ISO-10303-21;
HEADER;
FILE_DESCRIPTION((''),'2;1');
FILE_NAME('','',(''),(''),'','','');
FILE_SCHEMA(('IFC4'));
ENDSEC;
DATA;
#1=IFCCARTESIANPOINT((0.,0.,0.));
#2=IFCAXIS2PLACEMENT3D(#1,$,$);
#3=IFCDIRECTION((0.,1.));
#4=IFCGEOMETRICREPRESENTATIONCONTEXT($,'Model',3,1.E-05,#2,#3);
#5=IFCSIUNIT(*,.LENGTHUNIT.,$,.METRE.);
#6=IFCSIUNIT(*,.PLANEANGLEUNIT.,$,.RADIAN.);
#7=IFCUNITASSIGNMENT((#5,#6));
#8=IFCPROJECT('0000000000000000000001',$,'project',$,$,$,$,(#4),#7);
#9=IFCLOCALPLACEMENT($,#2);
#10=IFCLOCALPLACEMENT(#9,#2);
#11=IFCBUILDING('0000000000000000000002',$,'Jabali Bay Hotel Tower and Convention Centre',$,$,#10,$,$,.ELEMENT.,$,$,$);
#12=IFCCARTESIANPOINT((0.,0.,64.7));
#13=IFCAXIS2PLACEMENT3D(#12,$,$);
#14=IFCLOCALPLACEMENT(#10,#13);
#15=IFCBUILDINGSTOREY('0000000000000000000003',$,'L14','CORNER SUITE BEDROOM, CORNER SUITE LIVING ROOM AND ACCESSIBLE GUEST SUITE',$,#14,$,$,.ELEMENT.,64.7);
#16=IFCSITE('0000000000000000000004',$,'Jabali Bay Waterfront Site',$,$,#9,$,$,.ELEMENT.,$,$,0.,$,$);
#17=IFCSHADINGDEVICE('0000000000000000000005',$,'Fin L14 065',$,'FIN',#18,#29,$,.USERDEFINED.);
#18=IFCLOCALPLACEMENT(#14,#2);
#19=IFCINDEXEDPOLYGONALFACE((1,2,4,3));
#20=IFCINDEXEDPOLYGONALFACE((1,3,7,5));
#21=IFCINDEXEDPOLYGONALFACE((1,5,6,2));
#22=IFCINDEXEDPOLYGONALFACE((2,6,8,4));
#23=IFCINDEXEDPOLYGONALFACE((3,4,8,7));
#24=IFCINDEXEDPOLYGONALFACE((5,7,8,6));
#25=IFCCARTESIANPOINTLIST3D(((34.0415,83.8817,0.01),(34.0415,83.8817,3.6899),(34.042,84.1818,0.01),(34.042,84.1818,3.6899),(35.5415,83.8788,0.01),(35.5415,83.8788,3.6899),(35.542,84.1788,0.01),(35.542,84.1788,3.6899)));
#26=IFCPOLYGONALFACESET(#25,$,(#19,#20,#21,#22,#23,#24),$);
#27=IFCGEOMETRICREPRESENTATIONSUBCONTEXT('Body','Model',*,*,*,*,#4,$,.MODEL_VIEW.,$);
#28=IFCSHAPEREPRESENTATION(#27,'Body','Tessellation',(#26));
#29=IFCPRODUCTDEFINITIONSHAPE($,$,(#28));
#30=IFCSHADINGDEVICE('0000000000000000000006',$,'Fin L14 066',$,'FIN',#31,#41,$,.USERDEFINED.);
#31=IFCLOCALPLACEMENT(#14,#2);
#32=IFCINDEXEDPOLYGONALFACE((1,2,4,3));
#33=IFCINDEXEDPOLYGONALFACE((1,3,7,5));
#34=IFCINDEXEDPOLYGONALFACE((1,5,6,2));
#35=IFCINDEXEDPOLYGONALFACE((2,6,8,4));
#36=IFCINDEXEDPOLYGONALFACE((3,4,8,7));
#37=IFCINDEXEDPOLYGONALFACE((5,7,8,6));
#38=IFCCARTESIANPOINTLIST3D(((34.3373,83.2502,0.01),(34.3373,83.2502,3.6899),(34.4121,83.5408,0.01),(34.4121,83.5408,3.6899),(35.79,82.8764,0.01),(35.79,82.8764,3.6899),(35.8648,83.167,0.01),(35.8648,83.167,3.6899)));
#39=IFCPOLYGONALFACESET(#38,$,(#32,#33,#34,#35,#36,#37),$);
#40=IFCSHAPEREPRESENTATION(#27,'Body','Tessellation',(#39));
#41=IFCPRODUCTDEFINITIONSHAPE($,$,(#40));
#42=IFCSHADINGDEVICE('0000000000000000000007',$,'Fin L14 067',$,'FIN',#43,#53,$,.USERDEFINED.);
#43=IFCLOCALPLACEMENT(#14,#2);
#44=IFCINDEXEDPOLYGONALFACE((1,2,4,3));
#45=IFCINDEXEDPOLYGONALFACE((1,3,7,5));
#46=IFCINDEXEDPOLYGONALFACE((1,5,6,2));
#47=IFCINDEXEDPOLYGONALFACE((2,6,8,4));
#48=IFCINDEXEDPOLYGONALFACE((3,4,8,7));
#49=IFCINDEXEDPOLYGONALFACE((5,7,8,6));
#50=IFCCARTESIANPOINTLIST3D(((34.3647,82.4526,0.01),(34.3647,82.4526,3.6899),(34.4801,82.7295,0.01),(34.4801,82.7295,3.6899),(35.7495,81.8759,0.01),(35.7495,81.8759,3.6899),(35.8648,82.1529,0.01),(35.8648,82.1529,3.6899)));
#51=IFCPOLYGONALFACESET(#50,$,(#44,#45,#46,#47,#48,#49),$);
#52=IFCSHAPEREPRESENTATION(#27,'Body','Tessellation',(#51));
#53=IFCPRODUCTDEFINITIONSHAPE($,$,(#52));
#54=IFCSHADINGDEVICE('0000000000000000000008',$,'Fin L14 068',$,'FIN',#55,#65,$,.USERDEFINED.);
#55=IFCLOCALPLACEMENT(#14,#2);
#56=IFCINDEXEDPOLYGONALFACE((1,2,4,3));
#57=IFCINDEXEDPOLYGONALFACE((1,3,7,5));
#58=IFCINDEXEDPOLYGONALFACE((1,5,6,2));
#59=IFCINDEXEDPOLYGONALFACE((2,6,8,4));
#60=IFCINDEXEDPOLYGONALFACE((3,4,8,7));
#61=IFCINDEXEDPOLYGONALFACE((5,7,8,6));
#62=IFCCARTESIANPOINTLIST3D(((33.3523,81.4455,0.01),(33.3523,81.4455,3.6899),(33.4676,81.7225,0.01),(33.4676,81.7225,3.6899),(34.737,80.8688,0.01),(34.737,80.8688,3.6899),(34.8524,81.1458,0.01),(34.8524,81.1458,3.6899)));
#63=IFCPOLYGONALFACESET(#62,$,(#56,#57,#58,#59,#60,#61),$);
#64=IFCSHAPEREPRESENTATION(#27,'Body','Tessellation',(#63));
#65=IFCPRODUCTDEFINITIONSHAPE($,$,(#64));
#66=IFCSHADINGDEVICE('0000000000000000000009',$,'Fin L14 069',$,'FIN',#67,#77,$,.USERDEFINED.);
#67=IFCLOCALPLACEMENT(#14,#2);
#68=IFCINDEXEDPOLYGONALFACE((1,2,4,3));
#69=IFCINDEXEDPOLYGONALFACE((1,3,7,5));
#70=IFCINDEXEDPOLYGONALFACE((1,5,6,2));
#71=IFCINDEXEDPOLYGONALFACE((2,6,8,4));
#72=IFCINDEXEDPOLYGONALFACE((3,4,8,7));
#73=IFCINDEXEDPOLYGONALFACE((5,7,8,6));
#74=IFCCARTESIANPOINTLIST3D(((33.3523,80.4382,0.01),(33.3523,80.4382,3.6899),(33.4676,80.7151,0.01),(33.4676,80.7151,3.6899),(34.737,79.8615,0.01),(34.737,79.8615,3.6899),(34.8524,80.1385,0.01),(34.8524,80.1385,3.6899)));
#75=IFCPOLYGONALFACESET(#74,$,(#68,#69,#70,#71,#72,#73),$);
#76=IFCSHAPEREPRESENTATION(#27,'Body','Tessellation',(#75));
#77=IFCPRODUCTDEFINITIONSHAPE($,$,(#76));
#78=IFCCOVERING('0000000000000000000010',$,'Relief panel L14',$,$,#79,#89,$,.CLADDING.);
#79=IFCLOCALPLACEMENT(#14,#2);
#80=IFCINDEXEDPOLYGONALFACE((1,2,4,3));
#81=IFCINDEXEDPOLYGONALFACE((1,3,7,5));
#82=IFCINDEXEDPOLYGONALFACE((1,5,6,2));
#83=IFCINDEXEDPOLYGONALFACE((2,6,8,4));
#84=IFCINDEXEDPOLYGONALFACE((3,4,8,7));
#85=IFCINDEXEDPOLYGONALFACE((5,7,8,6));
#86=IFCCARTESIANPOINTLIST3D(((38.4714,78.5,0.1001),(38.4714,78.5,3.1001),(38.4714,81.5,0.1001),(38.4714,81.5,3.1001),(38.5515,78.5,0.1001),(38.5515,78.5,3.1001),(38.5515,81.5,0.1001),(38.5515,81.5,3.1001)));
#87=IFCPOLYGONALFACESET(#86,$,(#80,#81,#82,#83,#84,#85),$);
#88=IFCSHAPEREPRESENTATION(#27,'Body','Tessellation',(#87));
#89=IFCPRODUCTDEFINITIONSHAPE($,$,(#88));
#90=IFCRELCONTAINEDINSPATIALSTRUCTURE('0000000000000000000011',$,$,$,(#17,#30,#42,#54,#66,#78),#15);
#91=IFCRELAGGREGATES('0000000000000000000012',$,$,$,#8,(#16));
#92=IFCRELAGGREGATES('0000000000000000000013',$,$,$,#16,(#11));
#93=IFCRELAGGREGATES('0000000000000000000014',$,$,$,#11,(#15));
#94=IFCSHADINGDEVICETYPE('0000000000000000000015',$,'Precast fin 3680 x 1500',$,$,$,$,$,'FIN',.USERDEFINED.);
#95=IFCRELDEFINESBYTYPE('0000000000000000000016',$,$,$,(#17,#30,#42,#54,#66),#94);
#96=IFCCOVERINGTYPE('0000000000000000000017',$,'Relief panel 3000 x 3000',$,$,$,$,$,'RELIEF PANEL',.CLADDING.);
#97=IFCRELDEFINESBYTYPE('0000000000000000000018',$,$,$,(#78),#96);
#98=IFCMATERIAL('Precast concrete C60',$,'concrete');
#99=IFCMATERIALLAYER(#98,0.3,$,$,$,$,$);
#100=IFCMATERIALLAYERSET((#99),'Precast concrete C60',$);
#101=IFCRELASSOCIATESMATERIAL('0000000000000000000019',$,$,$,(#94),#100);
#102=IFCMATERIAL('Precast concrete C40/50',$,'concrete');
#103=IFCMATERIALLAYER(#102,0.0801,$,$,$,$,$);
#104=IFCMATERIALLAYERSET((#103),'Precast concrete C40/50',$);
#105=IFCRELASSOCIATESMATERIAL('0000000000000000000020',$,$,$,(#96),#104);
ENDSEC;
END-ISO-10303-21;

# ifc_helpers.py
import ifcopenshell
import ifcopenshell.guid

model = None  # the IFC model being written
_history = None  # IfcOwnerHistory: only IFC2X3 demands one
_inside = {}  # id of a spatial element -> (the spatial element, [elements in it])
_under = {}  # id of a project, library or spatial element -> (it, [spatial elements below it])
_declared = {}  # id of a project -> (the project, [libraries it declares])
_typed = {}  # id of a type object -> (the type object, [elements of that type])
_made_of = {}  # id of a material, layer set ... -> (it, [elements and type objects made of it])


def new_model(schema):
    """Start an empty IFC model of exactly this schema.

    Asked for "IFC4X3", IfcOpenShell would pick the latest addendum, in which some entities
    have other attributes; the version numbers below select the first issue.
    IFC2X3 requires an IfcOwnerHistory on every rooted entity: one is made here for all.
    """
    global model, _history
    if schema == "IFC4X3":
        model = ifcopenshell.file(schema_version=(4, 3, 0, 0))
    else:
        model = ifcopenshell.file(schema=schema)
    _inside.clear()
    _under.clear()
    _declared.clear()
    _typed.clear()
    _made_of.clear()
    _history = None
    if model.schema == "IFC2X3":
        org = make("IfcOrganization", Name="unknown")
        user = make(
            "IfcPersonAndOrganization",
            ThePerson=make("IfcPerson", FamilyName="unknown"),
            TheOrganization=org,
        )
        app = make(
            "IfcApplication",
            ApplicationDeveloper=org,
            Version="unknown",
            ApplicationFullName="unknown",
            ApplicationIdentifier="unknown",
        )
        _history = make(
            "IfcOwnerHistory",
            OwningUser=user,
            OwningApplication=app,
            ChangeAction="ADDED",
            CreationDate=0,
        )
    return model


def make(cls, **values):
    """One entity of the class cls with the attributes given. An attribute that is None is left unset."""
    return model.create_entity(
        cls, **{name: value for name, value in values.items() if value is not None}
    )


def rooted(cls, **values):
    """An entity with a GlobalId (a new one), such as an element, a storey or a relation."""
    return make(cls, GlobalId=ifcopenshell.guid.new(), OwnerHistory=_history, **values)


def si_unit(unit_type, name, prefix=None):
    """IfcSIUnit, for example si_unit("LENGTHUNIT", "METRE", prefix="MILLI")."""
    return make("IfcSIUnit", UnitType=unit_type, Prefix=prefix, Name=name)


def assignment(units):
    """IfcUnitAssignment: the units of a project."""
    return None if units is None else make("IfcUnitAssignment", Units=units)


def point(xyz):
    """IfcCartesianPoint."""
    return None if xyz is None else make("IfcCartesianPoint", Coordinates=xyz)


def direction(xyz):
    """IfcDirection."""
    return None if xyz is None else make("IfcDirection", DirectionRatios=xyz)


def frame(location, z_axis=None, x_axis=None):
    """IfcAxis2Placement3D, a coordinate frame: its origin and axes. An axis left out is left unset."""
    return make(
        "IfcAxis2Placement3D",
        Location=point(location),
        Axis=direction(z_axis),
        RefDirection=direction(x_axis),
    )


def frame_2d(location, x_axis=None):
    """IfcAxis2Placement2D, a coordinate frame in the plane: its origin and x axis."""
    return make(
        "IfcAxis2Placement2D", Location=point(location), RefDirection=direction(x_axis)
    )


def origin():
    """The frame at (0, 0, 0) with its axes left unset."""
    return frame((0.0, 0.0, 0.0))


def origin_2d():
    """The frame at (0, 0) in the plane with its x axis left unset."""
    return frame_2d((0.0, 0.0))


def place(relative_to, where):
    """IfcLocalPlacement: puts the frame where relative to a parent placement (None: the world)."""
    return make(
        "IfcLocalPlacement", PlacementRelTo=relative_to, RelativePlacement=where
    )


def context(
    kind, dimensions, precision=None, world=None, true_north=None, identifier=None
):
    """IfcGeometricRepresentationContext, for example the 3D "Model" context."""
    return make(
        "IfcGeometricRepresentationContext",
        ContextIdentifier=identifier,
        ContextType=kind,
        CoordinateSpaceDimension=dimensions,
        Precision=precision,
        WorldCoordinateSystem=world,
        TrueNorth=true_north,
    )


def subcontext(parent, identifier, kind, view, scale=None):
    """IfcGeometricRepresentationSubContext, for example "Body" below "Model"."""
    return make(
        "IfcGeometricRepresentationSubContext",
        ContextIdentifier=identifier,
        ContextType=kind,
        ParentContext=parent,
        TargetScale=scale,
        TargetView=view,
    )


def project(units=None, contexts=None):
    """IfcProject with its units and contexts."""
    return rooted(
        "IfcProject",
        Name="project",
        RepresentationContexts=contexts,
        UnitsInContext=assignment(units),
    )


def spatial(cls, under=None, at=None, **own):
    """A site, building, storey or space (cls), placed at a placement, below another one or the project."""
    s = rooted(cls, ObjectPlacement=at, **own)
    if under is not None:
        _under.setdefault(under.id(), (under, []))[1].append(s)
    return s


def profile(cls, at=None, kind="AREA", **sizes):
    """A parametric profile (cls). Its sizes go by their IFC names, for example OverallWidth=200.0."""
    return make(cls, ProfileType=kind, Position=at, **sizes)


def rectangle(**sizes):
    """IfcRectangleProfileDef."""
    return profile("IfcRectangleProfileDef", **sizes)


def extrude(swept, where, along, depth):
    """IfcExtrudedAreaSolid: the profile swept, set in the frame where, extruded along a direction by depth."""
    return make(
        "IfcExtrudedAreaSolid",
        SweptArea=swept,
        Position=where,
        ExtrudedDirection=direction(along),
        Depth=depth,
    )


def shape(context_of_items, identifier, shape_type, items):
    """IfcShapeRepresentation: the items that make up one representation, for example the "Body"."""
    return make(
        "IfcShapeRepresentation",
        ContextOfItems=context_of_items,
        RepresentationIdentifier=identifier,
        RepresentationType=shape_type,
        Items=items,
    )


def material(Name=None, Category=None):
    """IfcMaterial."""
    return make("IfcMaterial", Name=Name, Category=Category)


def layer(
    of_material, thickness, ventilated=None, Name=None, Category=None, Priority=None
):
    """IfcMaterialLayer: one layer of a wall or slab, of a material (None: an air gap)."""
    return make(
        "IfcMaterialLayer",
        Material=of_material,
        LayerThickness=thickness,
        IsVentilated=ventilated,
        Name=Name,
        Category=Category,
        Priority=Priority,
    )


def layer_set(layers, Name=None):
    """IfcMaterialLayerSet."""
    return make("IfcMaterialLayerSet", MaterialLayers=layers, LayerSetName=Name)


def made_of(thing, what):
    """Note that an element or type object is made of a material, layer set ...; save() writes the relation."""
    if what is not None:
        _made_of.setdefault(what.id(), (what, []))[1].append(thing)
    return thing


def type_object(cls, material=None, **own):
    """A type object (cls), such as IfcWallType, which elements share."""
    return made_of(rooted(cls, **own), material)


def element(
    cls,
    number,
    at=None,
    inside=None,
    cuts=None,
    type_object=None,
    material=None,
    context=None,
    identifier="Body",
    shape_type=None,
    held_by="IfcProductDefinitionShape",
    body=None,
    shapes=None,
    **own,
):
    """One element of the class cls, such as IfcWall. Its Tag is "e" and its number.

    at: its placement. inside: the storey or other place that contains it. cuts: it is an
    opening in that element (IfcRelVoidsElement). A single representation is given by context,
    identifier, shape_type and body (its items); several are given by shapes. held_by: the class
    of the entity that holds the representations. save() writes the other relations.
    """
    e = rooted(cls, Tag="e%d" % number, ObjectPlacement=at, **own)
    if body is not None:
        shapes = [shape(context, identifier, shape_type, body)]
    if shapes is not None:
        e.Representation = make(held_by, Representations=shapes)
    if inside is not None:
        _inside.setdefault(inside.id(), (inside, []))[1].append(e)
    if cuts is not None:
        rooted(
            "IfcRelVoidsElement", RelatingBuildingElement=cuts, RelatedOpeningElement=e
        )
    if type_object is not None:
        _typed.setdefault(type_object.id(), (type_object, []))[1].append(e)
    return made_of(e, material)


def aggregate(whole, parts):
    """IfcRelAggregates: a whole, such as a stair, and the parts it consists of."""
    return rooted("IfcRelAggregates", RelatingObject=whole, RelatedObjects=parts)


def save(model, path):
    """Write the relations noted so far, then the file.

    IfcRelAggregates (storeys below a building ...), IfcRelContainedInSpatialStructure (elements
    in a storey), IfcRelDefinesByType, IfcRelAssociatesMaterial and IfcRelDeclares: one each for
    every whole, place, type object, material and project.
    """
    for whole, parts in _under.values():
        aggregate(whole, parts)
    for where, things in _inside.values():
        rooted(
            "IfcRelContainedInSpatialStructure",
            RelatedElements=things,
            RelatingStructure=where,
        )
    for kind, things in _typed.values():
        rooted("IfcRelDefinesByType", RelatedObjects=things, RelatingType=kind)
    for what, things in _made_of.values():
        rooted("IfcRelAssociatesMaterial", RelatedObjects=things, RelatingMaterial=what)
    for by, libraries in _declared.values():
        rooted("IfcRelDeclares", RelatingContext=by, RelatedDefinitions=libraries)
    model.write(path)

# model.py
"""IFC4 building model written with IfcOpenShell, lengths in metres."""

from ifc_helpers import new_model, si_unit, direction, frame, frame_2d, origin, origin_2d, place, context, subcontext, project, spatial, rectangle, extrude, material, layer, layer_set, type_object, element, save


model = new_model("IFC4")

# Units and contexts
model_context = context("Model", 3, precision=1e-05, world=origin(), true_north=direction((0.0, 1.0)))
body_context = subcontext(model_context, "Body", "Model", "MODEL_VIEW")
ifc_project = project(units=[si_unit("LENGTHUNIT", "METRE"), si_unit("PLANEANGLEUNIT", "RADIAN")], contexts=[model_context])

# Site, building, storey
site_placement = place(None, origin())
site = spatial("IfcSite", under=ifc_project, at=site_placement, Name="Jabali Bay Waterfront Site", CompositionType="ELEMENT", RefElevation=0.0)
building_placement = place(site_placement, origin())
building = spatial("IfcBuilding", under=site, at=building_placement, Name="Jabali Bay Hotel Tower and Convention Centre", CompositionType="ELEMENT")
storey_placement = place(building_placement, frame((0.0, 0.0, 64.7)))
storey = spatial("IfcBuildingStorey", under=building, at=storey_placement, Name="L14", Description="CORNER SUITE BEDROOM, CORNER SUITE LIVING ROOM AND ACCESSIBLE GUEST SUITE", CompositionType="ELEMENT", Elevation=64.7)

# Shading devices
ifc_material_1 = material(Name="Precast concrete C60", Category="concrete")
ifc_layer_1 = layer(ifc_material_1, 0.3)
ifc_layer_set_1 = layer_set([ifc_layer_1], Name="Precast concrete C60")
shading_device_type_1 = type_object("IfcShadingDeviceType", Name="Precast fin 3680 x 1500", ElementType="FIN", PredefinedType="USERDEFINED", material=ifc_layer_set_1)
for number, where, z_axis, x_axis, name in (
    (1, (35.5417, 84.0288, 0.01), (0.0, 0.0, 1.0), (-0.999998, 0.001953, 0.0), "Fin L14 065"),
    (2, (35.8274, 83.0217, 0.01), (0.0, 0.0, 1.0), (-0.968454, 0.249194, 0.0), "Fin L14 066"),
    (3, (35.8071, 82.0144, 0.01), (0.0, 0.0, 1.0), (-0.923154, 0.38443, 0.0), "Fin L14 067"),
    (4, (34.7947, 81.0073, 0.01), (0.0, 0.0, 1.0), (-0.923154, 0.38443, 0.0), "Fin L14 068"),
    (5, (34.7947, 80.0, 0.01), (0.0, 0.0, 1.0), (-0.923154, 0.38443, 0.0), "Fin L14 069"),
):
    element("IfcShadingDevice", number, at=place(storey_placement, frame(where, z_axis=z_axis, x_axis=x_axis)), inside=storey, type_object=shading_device_type_1, Name=name, ObjectType="FIN", PredefinedType="USERDEFINED", context=body_context, shape_type="SweptSolid", body=[
        extrude(rectangle(XDim=1.5, YDim=0.3, at=frame_2d((0.75, 0.0))), origin(), (0.0, 0.0, 1.0), 3.6799),
    ])

# Covering
ifc_material_2 = material(Name="Precast concrete C40/50", Category="concrete")
ifc_layer_2 = layer(ifc_material_2, 0.0801)
ifc_layer_set_2 = layer_set([ifc_layer_2], Name="Precast concrete C40/50")
covering_type = type_object("IfcCoveringType", Name="Relief panel 3000 x 3000", ElementType="RELIEF PANEL", PredefinedType="CLADDING", material=ifc_layer_set_2)
covering_placement = place(storey_placement, frame((38.5115, 80.0, 0.1001), z_axis=(0.0, 0.0, 1.0), x_axis=(0.0, 1.0, 0.0)))
element("IfcCovering", 6, at=covering_placement, inside=storey, type_object=covering_type, Name="Relief panel L14", PredefinedType="CLADDING", context=body_context, shape_type="SweptSolid", body=[
    extrude(rectangle(XDim=3.0, YDim=0.0801, at=origin_2d()), origin(), (0.0, 0.0, 1.0), 3.0),
])

save(model, "model.ifc")
